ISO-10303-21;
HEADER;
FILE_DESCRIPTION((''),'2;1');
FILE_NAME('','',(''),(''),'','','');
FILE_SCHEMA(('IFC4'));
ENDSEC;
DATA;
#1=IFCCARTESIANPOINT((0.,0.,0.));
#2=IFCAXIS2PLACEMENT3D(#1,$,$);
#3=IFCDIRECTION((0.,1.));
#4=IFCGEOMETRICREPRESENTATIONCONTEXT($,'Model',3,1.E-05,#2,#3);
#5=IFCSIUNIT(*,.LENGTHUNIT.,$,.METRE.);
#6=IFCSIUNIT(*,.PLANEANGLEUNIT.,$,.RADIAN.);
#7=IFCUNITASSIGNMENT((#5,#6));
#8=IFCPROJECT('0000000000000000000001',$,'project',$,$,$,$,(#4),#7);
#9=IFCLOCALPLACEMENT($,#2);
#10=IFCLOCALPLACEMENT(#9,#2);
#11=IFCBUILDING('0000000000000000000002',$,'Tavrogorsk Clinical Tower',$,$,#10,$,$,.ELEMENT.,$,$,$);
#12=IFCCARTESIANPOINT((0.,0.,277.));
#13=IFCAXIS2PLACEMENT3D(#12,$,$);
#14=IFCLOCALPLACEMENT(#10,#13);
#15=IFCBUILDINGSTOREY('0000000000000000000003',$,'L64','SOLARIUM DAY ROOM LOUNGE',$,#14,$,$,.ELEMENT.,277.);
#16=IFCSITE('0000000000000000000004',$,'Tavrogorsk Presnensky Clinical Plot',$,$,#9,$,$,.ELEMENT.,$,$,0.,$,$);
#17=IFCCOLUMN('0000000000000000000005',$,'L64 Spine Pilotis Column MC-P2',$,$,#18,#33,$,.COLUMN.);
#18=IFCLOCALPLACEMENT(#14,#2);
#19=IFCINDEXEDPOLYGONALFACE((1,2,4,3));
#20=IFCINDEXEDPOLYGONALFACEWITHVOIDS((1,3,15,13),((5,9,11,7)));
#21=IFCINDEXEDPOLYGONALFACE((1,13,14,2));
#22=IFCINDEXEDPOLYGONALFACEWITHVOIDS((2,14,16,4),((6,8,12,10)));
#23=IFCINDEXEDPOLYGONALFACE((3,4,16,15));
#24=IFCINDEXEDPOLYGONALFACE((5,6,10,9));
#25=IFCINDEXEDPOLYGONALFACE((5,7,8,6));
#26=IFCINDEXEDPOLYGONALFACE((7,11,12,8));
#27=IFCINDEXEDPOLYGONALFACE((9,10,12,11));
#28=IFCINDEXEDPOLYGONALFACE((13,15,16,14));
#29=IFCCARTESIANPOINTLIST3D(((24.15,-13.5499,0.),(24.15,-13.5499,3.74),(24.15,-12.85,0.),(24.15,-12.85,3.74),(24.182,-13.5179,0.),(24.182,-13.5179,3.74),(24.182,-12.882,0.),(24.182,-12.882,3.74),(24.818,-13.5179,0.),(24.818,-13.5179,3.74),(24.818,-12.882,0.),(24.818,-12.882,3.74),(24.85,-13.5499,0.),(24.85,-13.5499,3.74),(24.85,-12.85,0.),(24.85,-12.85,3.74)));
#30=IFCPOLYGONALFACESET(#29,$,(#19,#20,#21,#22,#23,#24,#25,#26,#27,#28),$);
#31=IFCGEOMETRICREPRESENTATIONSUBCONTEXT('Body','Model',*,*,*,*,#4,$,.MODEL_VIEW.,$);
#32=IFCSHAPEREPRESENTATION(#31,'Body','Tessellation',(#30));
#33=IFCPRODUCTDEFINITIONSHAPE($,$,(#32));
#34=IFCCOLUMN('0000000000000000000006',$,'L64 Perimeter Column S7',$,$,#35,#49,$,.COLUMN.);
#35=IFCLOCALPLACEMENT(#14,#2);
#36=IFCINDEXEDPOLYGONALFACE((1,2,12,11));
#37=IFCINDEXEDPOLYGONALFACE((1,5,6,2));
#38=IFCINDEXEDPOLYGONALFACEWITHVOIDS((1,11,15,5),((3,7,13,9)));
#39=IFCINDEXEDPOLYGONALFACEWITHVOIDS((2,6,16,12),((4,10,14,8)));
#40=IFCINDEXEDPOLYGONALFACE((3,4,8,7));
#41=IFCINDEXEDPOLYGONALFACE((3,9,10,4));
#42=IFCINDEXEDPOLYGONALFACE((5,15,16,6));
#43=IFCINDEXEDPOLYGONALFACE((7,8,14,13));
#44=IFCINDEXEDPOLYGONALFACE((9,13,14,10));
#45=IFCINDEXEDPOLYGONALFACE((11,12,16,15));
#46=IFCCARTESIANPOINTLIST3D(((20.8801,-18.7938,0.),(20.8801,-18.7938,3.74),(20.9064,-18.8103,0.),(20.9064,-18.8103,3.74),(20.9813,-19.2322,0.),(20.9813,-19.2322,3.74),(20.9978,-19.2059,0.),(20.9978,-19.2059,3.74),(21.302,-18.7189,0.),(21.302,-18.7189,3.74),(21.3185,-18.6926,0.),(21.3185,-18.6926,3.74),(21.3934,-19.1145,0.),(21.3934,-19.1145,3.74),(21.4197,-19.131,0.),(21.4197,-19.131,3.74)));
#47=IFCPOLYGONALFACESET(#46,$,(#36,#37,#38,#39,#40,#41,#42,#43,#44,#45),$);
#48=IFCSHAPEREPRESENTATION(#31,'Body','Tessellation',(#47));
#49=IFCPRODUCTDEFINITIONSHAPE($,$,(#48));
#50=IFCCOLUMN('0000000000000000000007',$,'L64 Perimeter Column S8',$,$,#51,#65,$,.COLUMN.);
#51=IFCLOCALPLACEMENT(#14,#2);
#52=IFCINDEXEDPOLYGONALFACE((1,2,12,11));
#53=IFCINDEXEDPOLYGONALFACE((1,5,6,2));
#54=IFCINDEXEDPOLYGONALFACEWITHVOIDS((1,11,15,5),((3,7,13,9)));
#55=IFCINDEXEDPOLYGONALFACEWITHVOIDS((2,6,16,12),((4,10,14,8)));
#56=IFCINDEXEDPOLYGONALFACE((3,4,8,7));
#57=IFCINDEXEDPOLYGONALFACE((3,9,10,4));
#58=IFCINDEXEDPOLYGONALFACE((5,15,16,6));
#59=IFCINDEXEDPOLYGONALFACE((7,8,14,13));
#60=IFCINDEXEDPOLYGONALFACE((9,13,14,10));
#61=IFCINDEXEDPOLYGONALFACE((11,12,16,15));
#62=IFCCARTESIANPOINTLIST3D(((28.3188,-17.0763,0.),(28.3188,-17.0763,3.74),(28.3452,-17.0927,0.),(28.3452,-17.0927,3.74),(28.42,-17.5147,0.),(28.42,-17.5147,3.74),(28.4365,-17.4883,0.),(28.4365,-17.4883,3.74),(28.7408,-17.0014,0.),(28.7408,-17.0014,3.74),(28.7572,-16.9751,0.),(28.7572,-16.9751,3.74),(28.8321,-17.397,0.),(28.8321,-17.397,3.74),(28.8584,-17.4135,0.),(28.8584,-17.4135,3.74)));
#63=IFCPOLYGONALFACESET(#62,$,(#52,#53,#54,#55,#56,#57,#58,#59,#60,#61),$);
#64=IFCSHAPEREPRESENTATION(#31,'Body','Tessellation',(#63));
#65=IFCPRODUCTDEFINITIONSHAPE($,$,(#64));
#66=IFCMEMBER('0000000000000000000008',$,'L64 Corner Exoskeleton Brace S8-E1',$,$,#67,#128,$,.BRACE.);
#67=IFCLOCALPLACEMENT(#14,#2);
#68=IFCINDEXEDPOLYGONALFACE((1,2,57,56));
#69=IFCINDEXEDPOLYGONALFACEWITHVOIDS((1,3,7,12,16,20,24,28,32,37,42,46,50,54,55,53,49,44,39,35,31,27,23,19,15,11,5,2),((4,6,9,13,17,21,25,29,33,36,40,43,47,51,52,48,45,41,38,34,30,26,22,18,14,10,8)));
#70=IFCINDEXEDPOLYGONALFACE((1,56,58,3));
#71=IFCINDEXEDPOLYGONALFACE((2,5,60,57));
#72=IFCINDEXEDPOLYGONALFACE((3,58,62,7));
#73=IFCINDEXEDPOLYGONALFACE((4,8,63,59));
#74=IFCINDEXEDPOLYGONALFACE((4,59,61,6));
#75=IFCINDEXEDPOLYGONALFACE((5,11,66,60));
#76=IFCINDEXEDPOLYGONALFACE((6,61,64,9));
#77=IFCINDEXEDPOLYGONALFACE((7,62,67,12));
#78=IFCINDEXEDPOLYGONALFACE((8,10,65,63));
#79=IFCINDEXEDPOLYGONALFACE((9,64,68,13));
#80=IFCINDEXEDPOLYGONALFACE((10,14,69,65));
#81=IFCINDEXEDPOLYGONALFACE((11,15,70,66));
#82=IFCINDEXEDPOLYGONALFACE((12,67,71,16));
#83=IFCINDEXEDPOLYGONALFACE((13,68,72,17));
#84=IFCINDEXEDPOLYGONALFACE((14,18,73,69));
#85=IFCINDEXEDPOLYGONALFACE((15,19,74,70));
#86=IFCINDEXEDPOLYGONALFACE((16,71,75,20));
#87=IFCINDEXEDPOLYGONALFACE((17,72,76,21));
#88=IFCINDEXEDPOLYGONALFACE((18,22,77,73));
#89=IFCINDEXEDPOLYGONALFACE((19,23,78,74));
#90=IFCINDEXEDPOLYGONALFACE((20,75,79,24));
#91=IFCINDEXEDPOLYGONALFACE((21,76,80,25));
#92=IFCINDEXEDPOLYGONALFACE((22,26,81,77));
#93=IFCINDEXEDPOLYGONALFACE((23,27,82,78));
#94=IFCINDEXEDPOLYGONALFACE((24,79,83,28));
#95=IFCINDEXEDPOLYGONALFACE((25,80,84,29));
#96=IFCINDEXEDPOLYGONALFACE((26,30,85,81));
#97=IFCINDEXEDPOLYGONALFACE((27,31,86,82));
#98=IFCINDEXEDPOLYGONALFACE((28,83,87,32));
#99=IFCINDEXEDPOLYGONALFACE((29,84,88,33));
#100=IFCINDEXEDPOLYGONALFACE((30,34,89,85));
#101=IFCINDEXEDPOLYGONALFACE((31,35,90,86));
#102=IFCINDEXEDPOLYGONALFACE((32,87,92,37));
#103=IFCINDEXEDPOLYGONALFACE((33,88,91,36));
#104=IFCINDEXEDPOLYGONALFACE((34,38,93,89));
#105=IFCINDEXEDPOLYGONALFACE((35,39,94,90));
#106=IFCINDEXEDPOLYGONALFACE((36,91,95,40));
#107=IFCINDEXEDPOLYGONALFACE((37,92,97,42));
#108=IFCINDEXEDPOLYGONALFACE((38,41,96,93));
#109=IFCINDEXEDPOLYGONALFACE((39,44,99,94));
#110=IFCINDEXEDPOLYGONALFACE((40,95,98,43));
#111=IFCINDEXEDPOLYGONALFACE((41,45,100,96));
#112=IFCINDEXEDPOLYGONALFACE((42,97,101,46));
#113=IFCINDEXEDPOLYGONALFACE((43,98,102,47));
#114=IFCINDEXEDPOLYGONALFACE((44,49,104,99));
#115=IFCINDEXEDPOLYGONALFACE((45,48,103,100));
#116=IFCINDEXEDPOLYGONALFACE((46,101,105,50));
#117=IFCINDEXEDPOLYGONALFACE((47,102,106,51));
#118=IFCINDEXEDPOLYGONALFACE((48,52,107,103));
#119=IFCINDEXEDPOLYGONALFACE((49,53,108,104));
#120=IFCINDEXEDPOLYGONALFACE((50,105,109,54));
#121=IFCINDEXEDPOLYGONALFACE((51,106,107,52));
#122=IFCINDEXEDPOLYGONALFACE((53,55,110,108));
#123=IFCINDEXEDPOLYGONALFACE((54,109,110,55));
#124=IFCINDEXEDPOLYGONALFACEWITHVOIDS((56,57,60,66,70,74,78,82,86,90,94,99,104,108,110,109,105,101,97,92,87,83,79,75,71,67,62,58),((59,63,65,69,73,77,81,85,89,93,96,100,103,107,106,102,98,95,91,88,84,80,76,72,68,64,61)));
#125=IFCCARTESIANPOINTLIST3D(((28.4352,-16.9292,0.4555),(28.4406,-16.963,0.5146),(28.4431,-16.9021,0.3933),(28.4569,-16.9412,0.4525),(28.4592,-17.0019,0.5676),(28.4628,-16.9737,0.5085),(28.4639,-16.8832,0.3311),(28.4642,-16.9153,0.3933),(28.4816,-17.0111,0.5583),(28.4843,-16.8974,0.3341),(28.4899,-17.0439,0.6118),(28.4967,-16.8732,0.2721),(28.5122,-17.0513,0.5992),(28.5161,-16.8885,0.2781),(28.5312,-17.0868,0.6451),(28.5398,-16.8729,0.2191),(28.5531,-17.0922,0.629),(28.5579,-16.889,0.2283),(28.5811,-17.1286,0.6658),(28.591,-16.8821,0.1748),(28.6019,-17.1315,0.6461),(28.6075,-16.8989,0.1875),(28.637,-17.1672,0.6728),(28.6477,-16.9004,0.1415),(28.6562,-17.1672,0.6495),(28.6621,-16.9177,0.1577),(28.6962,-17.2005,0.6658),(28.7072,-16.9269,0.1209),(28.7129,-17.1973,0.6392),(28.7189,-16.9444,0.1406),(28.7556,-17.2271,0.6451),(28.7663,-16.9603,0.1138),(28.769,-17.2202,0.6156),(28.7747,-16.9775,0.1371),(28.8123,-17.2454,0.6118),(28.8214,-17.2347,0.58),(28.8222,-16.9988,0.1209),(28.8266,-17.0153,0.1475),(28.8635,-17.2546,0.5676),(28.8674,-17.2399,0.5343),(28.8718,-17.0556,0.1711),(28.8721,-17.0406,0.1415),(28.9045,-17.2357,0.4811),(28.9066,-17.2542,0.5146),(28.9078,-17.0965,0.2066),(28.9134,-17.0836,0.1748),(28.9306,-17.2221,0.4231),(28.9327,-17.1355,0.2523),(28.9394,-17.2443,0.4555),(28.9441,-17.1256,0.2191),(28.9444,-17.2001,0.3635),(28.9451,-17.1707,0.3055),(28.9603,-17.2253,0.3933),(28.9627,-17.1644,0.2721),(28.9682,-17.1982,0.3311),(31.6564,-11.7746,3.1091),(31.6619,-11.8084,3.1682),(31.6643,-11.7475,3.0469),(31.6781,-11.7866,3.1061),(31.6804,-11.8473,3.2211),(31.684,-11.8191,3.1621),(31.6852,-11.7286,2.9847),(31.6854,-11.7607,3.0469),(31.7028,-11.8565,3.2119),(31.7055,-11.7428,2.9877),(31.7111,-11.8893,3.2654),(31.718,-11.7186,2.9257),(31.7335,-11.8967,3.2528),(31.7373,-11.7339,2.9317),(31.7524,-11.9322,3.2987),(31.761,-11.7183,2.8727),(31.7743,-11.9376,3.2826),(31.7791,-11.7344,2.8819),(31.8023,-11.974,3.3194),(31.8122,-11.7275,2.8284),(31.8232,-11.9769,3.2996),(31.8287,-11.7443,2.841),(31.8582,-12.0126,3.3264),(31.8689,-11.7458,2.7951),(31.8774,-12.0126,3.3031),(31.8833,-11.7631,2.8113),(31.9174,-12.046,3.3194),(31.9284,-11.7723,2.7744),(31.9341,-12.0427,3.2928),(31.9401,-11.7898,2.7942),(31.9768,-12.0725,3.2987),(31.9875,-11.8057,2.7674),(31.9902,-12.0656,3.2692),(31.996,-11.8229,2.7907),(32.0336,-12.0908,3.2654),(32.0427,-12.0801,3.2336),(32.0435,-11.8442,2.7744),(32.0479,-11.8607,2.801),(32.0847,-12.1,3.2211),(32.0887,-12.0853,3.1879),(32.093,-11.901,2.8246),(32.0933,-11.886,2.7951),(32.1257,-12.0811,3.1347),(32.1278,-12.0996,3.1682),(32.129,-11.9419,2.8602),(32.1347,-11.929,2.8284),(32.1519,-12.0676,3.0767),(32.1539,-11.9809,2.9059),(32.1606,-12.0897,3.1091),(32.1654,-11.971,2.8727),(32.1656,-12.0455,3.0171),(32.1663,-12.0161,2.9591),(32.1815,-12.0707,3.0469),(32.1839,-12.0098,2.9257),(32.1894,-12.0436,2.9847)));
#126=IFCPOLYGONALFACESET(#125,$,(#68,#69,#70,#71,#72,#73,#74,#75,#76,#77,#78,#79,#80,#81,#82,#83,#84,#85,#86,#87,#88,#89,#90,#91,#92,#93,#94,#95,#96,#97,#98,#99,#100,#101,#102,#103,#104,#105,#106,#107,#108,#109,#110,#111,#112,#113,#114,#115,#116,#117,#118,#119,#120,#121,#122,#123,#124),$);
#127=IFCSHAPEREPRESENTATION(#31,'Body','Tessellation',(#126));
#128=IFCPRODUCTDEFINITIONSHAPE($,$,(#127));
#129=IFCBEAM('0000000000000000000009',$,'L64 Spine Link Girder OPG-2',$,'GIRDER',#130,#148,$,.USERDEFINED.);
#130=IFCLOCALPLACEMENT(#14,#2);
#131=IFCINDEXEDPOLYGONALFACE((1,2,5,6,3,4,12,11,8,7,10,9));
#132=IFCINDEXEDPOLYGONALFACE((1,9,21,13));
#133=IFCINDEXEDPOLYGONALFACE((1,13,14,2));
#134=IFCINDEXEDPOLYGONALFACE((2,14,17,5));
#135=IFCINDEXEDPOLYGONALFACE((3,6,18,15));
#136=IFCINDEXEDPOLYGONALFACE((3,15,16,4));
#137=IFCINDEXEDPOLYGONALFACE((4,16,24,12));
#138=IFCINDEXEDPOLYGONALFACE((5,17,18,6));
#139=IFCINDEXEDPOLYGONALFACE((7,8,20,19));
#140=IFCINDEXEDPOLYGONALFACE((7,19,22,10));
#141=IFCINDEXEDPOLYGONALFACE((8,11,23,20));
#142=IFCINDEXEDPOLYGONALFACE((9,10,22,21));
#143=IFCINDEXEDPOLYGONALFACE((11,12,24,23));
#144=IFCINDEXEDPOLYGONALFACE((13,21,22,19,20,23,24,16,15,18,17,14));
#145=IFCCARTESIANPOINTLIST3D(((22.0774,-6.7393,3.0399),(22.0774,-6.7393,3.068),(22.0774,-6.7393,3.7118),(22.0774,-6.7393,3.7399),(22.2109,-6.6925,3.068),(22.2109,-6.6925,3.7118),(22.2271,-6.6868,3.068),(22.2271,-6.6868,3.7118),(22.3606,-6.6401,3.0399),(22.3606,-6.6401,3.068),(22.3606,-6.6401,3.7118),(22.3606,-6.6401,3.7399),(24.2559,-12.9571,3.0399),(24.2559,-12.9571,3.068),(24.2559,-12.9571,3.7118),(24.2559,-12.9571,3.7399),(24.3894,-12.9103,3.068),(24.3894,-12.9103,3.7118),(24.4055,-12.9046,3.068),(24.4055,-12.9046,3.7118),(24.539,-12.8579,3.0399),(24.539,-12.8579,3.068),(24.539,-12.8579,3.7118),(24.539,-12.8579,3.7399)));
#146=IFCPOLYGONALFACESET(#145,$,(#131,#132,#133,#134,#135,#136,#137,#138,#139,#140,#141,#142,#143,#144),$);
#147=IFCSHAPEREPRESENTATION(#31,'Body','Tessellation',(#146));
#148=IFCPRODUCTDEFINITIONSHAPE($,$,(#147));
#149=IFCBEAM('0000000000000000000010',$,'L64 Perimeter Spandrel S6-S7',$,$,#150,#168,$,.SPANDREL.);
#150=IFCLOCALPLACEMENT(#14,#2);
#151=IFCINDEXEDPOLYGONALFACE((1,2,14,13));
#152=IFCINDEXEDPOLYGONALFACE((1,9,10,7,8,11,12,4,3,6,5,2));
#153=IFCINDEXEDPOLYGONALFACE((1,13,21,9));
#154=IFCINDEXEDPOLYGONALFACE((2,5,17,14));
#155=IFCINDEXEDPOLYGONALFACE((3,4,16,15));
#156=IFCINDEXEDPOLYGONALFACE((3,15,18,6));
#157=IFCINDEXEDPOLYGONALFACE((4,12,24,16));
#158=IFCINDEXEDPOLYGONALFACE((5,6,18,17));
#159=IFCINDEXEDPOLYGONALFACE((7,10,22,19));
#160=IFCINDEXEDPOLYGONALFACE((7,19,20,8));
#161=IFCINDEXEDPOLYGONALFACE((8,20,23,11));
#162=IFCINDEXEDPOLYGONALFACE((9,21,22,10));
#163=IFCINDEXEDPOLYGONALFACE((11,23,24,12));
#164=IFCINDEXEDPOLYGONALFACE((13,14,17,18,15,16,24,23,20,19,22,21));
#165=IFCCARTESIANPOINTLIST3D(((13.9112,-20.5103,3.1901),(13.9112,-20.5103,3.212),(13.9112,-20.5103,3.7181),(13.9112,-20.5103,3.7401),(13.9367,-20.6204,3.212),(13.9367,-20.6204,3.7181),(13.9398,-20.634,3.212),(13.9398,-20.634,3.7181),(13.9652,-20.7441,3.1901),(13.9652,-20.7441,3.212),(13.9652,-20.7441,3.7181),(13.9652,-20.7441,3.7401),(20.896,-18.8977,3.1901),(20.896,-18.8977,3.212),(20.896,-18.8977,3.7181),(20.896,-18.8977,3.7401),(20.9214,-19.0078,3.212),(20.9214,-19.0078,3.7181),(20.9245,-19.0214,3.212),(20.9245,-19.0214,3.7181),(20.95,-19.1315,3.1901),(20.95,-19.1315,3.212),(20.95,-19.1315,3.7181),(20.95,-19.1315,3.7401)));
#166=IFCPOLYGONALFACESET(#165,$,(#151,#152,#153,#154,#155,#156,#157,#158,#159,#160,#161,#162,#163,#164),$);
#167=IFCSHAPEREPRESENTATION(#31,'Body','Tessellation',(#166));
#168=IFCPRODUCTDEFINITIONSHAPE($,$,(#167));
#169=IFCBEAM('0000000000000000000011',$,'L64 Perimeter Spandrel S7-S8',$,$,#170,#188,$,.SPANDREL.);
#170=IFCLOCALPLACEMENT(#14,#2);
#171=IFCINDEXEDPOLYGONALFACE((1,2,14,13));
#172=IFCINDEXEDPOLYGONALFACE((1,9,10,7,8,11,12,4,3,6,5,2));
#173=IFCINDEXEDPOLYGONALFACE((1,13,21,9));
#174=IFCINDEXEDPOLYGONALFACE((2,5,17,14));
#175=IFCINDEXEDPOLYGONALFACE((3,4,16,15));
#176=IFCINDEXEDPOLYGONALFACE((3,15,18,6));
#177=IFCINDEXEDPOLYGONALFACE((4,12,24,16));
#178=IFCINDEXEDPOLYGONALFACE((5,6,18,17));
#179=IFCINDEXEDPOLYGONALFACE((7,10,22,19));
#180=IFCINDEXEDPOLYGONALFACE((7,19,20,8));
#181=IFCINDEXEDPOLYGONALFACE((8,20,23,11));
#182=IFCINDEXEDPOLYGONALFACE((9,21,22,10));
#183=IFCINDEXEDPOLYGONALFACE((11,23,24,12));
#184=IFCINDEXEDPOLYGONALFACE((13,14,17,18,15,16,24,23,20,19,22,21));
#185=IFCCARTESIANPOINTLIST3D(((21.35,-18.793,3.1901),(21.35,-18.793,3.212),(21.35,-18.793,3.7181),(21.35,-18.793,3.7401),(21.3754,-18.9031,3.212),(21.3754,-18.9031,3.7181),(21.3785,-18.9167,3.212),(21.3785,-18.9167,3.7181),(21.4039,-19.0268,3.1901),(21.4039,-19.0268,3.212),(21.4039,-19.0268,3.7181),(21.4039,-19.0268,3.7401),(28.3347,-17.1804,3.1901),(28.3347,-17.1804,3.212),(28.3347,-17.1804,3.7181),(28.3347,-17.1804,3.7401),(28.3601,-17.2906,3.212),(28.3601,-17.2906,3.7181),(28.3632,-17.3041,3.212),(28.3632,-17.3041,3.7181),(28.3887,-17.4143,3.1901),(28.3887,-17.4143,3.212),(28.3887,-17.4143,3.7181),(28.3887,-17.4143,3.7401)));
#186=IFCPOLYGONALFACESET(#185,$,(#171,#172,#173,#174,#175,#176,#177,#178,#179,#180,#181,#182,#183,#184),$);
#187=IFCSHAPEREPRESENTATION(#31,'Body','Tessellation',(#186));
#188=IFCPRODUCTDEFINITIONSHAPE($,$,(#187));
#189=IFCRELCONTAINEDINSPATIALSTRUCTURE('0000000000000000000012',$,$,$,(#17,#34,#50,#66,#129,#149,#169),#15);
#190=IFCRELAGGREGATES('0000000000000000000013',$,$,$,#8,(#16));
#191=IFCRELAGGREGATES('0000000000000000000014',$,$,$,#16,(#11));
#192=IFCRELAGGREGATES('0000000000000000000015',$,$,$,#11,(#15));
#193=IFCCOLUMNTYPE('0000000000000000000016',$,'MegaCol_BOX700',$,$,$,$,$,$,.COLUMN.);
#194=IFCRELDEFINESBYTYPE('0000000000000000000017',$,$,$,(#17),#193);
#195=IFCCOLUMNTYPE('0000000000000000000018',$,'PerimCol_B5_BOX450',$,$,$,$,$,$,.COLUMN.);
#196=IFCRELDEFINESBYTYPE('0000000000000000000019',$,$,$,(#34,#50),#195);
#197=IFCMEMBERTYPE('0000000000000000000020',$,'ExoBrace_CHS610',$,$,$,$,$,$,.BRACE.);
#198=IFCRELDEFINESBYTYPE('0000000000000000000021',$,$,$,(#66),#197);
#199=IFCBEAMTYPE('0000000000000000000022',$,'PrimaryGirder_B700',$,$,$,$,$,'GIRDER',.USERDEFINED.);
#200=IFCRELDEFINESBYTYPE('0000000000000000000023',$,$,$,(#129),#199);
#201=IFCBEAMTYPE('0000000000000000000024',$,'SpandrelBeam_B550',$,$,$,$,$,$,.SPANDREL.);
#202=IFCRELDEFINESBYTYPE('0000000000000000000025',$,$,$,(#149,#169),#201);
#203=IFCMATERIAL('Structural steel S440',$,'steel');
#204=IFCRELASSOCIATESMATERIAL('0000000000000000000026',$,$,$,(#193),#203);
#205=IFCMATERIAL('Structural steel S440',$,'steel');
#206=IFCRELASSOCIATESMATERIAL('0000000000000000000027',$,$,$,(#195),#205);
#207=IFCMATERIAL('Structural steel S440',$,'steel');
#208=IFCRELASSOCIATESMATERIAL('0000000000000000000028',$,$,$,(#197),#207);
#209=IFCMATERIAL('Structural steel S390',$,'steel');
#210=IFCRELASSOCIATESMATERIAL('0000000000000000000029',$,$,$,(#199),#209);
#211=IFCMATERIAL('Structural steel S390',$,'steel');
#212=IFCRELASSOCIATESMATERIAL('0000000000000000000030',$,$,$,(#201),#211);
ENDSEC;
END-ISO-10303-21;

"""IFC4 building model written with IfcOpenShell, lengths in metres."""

from ifc_helpers import new_model, si_unit, direction, frame, origin, origin_2d, place, context, subcontext, project, spatial, hollow_rectangle, hollow_circle, i_section, extrude, material, material_profile, profile_set, type_object, element, save


model = new_model("IFC4")

# Units and contexts
model_context = context("Model", 3, precision=1e-05, world=origin(), true_north=direction((0.0, 1.0)))
body_context = subcontext(model_context, "Body", "Model", "MODEL_VIEW")
ifc_project = project(units=[si_unit("LENGTHUNIT", "METRE"), si_unit("PLANEANGLEUNIT", "RADIAN")], contexts=[model_context])

# Site, building, storey
site_placement = place(None, origin())
site = spatial("IfcSite", under=ifc_project, at=site_placement, Name="Tavrogorsk Presnensky Clinical Plot", CompositionType="ELEMENT", RefElevation=0.0)
building_placement = place(site_placement, origin())
building = spatial("IfcBuilding", under=site, at=building_placement, Name="Tavrogorsk Clinical Tower", CompositionType="ELEMENT")
storey_placement = place(building_placement, frame((0.0, 0.0, 277.0)))
storey = spatial("IfcBuildingStorey", under=building, at=storey_placement, Name="L64", Description="SOLARIUM DAY ROOM LOUNGE", CompositionType="ELEMENT", Elevation=277.0)

# Columns
ifc_material_1 = material(Name="Structural steel S440", Category="steel")
ifc_material_profile_1 = material_profile(ifc_material_1, hollow_rectangle(XDim=0.7, YDim=0.7, WallThickness=0.032, at=origin_2d()), Name="BOX-700x700x32")
ifc_profile_set_1 = profile_set([ifc_material_profile_1], Name="Structural steel S440")
column_type_1 = type_object("IfcColumnType", Name="MegaCol_BOX700", PredefinedType="COLUMN", material=ifc_profile_set_1)
column_placement = place(storey_placement, frame((24.5, -13.2, 0.0), z_axis=(0.0, 0.0, 1.0), x_axis=(1.0, 0.0, 0.0)))
element("IfcColumn", 1, at=column_placement, inside=storey, type_object=column_type_1, Name="L64 Spine Pilotis Column MC-P2", PredefinedType="COLUMN", context=body_context, shape_type="SweptSolid", body=[
    extrude(hollow_rectangle(XDim=0.7, YDim=0.7, WallThickness=0.032, at=origin_2d()), origin(), (0.0, 0.0, 1.0), 3.74),
])
ifc_material_2 = material(Name="Structural steel S440", Category="steel")
ifc_material_profile_2 = material_profile(ifc_material_2, hollow_rectangle(XDim=0.45, YDim=0.45, WallThickness=0.022, at=origin_2d()), Name="BOX-450x450x22")
ifc_profile_set_2 = profile_set([ifc_material_profile_2], Name="Structural steel S440")
column_type_2 = type_object("IfcColumnType", Name="PerimCol_B5_BOX450", PredefinedType="COLUMN", material=ifc_profile_set_2)
for number, where, z_axis, x_axis, name in (
    (2, (21.1499, -18.9624, 0.0), (0.0, 0.0, 1.0), (0.97437, 0.224951, 0.0), "L64 Perimeter Column S7"),
    (3, (28.5886, -17.2449, 0.0), (0.0, 0.0, 1.0), (0.97437, 0.224951, 0.0), "L64 Perimeter Column S8"),
):
    element("IfcColumn", number, at=place(storey_placement, frame(where, z_axis=z_axis, x_axis=x_axis)), inside=storey, type_object=column_type_2, Name=name, PredefinedType="COLUMN", context=body_context, shape_type="SweptSolid", body=[
        extrude(hollow_rectangle(XDim=0.45, YDim=0.45, WallThickness=0.022, at=origin_2d()), origin(), (0.0, 0.0, 1.0), 3.74),
    ])

# Member
ifc_material_3 = material(Name="Structural steel S440", Category="steel")
ifc_material_profile_3 = material_profile(ifc_material_3, hollow_circle(Radius=0.3049, WallThickness=0.0249, at=origin_2d()), Name="CHS-610x25")
ifc_profile_set_3 = profile_set([ifc_material_profile_3], Name="Structural steel S440")
member_type = type_object("IfcMemberType", Name="ExoBrace_CHS610", PredefinedType="BRACE", material=ifc_profile_set_3)
member_placement = place(storey_placement, frame((28.7017, -17.0637, 0.3933), z_axis=(0.485686, 0.777193, 0.4001), x_axis=(-0.848028, 0.529952, 0.0)))
element("IfcMember", 4, at=member_placement, inside=storey, type_object=member_type, Name="L64 Corner Exoskeleton Brace S8-E1", PredefinedType="BRACE", context=body_context, shape_type="SweptSolid", body=[
    extrude(hollow_circle(Radius=0.3049, WallThickness=0.0249, at=origin_2d()), origin(), (0.0, 0.0, 1.0), 6.6323),
])

# Beams
ifc_material_4 = material(Name="Structural steel S390", Category="steel")
ifc_material_profile_4 = material_profile(ifc_material_4, i_section(OverallWidth=0.3, OverallDepth=0.7, WebThickness=0.0171, FlangeThickness=0.0281, at=origin_2d()), Name="B-700x300x17x28")
ifc_profile_set_4 = profile_set([ifc_material_profile_4], Name="Structural steel S390")
beam_type_1 = type_object("IfcBeamType", Name="PrimaryGirder_B700", ElementType="GIRDER", PredefinedType="USERDEFINED", material=ifc_profile_set_4)
beam_1_placement = place(storey_placement, frame((24.3975, -12.9075, 3.3899), z_axis=(-0.330654, 0.943752, 0.0), x_axis=(-0.943752, -0.330654, 0.0)))
element("IfcBeam", 5, at=beam_1_placement, inside=storey, type_object=beam_type_1, Name="L64 Spine Link Girder OPG-2", ObjectType="GIRDER", PredefinedType="USERDEFINED", context=body_context, shape_type="SweptSolid", body=[
    extrude(i_section(OverallWidth=0.3, OverallDepth=0.7, WebThickness=0.0171, FlangeThickness=0.0281, at=origin_2d()), origin(), (0.0, 0.0, 1.0), 6.5884),
])
ifc_material_5 = material(Name="Structural steel S390", Category="steel")
ifc_material_profile_5 = material_profile(ifc_material_5, i_section(OverallWidth=0.24, OverallDepth=0.55, WebThickness=0.0139, FlangeThickness=0.022, at=origin_2d()), Name="B-550x240x14x22")
ifc_profile_set_5 = profile_set([ifc_material_profile_5], Name="Structural steel S390")
beam_type_2 = type_object("IfcBeamType", Name="SpandrelBeam_B550", PredefinedType="SPANDREL", material=ifc_profile_set_5)
for number, where, z_axis, x_axis, name in (
    (6, (13.9382, -20.6272, 3.4651), (0.974369, 0.224954, 0.0), (-0.224954, 0.974369, 0.0), "L64 Perimeter Spandrel S6-S7"),
    (7, (21.377, -18.9099, 3.4651), (0.974369, 0.224954, 0.0), (-0.224954, 0.974369, 0.0), "L64 Perimeter Spandrel S7-S8"),
):
    element("IfcBeam", number, at=place(storey_placement, frame(where, z_axis=z_axis, x_axis=x_axis)), inside=storey, type_object=beam_type_2, Name=name, PredefinedType="SPANDREL", context=body_context, shape_type="SweptSolid", body=[
        extrude(i_section(OverallWidth=0.24, OverallDepth=0.55, WebThickness=0.0139, FlangeThickness=0.022, at=origin_2d()), origin(), (0.0, 0.0, 1.0), 7.1685),
    ])

save(model, "model.ifc")
